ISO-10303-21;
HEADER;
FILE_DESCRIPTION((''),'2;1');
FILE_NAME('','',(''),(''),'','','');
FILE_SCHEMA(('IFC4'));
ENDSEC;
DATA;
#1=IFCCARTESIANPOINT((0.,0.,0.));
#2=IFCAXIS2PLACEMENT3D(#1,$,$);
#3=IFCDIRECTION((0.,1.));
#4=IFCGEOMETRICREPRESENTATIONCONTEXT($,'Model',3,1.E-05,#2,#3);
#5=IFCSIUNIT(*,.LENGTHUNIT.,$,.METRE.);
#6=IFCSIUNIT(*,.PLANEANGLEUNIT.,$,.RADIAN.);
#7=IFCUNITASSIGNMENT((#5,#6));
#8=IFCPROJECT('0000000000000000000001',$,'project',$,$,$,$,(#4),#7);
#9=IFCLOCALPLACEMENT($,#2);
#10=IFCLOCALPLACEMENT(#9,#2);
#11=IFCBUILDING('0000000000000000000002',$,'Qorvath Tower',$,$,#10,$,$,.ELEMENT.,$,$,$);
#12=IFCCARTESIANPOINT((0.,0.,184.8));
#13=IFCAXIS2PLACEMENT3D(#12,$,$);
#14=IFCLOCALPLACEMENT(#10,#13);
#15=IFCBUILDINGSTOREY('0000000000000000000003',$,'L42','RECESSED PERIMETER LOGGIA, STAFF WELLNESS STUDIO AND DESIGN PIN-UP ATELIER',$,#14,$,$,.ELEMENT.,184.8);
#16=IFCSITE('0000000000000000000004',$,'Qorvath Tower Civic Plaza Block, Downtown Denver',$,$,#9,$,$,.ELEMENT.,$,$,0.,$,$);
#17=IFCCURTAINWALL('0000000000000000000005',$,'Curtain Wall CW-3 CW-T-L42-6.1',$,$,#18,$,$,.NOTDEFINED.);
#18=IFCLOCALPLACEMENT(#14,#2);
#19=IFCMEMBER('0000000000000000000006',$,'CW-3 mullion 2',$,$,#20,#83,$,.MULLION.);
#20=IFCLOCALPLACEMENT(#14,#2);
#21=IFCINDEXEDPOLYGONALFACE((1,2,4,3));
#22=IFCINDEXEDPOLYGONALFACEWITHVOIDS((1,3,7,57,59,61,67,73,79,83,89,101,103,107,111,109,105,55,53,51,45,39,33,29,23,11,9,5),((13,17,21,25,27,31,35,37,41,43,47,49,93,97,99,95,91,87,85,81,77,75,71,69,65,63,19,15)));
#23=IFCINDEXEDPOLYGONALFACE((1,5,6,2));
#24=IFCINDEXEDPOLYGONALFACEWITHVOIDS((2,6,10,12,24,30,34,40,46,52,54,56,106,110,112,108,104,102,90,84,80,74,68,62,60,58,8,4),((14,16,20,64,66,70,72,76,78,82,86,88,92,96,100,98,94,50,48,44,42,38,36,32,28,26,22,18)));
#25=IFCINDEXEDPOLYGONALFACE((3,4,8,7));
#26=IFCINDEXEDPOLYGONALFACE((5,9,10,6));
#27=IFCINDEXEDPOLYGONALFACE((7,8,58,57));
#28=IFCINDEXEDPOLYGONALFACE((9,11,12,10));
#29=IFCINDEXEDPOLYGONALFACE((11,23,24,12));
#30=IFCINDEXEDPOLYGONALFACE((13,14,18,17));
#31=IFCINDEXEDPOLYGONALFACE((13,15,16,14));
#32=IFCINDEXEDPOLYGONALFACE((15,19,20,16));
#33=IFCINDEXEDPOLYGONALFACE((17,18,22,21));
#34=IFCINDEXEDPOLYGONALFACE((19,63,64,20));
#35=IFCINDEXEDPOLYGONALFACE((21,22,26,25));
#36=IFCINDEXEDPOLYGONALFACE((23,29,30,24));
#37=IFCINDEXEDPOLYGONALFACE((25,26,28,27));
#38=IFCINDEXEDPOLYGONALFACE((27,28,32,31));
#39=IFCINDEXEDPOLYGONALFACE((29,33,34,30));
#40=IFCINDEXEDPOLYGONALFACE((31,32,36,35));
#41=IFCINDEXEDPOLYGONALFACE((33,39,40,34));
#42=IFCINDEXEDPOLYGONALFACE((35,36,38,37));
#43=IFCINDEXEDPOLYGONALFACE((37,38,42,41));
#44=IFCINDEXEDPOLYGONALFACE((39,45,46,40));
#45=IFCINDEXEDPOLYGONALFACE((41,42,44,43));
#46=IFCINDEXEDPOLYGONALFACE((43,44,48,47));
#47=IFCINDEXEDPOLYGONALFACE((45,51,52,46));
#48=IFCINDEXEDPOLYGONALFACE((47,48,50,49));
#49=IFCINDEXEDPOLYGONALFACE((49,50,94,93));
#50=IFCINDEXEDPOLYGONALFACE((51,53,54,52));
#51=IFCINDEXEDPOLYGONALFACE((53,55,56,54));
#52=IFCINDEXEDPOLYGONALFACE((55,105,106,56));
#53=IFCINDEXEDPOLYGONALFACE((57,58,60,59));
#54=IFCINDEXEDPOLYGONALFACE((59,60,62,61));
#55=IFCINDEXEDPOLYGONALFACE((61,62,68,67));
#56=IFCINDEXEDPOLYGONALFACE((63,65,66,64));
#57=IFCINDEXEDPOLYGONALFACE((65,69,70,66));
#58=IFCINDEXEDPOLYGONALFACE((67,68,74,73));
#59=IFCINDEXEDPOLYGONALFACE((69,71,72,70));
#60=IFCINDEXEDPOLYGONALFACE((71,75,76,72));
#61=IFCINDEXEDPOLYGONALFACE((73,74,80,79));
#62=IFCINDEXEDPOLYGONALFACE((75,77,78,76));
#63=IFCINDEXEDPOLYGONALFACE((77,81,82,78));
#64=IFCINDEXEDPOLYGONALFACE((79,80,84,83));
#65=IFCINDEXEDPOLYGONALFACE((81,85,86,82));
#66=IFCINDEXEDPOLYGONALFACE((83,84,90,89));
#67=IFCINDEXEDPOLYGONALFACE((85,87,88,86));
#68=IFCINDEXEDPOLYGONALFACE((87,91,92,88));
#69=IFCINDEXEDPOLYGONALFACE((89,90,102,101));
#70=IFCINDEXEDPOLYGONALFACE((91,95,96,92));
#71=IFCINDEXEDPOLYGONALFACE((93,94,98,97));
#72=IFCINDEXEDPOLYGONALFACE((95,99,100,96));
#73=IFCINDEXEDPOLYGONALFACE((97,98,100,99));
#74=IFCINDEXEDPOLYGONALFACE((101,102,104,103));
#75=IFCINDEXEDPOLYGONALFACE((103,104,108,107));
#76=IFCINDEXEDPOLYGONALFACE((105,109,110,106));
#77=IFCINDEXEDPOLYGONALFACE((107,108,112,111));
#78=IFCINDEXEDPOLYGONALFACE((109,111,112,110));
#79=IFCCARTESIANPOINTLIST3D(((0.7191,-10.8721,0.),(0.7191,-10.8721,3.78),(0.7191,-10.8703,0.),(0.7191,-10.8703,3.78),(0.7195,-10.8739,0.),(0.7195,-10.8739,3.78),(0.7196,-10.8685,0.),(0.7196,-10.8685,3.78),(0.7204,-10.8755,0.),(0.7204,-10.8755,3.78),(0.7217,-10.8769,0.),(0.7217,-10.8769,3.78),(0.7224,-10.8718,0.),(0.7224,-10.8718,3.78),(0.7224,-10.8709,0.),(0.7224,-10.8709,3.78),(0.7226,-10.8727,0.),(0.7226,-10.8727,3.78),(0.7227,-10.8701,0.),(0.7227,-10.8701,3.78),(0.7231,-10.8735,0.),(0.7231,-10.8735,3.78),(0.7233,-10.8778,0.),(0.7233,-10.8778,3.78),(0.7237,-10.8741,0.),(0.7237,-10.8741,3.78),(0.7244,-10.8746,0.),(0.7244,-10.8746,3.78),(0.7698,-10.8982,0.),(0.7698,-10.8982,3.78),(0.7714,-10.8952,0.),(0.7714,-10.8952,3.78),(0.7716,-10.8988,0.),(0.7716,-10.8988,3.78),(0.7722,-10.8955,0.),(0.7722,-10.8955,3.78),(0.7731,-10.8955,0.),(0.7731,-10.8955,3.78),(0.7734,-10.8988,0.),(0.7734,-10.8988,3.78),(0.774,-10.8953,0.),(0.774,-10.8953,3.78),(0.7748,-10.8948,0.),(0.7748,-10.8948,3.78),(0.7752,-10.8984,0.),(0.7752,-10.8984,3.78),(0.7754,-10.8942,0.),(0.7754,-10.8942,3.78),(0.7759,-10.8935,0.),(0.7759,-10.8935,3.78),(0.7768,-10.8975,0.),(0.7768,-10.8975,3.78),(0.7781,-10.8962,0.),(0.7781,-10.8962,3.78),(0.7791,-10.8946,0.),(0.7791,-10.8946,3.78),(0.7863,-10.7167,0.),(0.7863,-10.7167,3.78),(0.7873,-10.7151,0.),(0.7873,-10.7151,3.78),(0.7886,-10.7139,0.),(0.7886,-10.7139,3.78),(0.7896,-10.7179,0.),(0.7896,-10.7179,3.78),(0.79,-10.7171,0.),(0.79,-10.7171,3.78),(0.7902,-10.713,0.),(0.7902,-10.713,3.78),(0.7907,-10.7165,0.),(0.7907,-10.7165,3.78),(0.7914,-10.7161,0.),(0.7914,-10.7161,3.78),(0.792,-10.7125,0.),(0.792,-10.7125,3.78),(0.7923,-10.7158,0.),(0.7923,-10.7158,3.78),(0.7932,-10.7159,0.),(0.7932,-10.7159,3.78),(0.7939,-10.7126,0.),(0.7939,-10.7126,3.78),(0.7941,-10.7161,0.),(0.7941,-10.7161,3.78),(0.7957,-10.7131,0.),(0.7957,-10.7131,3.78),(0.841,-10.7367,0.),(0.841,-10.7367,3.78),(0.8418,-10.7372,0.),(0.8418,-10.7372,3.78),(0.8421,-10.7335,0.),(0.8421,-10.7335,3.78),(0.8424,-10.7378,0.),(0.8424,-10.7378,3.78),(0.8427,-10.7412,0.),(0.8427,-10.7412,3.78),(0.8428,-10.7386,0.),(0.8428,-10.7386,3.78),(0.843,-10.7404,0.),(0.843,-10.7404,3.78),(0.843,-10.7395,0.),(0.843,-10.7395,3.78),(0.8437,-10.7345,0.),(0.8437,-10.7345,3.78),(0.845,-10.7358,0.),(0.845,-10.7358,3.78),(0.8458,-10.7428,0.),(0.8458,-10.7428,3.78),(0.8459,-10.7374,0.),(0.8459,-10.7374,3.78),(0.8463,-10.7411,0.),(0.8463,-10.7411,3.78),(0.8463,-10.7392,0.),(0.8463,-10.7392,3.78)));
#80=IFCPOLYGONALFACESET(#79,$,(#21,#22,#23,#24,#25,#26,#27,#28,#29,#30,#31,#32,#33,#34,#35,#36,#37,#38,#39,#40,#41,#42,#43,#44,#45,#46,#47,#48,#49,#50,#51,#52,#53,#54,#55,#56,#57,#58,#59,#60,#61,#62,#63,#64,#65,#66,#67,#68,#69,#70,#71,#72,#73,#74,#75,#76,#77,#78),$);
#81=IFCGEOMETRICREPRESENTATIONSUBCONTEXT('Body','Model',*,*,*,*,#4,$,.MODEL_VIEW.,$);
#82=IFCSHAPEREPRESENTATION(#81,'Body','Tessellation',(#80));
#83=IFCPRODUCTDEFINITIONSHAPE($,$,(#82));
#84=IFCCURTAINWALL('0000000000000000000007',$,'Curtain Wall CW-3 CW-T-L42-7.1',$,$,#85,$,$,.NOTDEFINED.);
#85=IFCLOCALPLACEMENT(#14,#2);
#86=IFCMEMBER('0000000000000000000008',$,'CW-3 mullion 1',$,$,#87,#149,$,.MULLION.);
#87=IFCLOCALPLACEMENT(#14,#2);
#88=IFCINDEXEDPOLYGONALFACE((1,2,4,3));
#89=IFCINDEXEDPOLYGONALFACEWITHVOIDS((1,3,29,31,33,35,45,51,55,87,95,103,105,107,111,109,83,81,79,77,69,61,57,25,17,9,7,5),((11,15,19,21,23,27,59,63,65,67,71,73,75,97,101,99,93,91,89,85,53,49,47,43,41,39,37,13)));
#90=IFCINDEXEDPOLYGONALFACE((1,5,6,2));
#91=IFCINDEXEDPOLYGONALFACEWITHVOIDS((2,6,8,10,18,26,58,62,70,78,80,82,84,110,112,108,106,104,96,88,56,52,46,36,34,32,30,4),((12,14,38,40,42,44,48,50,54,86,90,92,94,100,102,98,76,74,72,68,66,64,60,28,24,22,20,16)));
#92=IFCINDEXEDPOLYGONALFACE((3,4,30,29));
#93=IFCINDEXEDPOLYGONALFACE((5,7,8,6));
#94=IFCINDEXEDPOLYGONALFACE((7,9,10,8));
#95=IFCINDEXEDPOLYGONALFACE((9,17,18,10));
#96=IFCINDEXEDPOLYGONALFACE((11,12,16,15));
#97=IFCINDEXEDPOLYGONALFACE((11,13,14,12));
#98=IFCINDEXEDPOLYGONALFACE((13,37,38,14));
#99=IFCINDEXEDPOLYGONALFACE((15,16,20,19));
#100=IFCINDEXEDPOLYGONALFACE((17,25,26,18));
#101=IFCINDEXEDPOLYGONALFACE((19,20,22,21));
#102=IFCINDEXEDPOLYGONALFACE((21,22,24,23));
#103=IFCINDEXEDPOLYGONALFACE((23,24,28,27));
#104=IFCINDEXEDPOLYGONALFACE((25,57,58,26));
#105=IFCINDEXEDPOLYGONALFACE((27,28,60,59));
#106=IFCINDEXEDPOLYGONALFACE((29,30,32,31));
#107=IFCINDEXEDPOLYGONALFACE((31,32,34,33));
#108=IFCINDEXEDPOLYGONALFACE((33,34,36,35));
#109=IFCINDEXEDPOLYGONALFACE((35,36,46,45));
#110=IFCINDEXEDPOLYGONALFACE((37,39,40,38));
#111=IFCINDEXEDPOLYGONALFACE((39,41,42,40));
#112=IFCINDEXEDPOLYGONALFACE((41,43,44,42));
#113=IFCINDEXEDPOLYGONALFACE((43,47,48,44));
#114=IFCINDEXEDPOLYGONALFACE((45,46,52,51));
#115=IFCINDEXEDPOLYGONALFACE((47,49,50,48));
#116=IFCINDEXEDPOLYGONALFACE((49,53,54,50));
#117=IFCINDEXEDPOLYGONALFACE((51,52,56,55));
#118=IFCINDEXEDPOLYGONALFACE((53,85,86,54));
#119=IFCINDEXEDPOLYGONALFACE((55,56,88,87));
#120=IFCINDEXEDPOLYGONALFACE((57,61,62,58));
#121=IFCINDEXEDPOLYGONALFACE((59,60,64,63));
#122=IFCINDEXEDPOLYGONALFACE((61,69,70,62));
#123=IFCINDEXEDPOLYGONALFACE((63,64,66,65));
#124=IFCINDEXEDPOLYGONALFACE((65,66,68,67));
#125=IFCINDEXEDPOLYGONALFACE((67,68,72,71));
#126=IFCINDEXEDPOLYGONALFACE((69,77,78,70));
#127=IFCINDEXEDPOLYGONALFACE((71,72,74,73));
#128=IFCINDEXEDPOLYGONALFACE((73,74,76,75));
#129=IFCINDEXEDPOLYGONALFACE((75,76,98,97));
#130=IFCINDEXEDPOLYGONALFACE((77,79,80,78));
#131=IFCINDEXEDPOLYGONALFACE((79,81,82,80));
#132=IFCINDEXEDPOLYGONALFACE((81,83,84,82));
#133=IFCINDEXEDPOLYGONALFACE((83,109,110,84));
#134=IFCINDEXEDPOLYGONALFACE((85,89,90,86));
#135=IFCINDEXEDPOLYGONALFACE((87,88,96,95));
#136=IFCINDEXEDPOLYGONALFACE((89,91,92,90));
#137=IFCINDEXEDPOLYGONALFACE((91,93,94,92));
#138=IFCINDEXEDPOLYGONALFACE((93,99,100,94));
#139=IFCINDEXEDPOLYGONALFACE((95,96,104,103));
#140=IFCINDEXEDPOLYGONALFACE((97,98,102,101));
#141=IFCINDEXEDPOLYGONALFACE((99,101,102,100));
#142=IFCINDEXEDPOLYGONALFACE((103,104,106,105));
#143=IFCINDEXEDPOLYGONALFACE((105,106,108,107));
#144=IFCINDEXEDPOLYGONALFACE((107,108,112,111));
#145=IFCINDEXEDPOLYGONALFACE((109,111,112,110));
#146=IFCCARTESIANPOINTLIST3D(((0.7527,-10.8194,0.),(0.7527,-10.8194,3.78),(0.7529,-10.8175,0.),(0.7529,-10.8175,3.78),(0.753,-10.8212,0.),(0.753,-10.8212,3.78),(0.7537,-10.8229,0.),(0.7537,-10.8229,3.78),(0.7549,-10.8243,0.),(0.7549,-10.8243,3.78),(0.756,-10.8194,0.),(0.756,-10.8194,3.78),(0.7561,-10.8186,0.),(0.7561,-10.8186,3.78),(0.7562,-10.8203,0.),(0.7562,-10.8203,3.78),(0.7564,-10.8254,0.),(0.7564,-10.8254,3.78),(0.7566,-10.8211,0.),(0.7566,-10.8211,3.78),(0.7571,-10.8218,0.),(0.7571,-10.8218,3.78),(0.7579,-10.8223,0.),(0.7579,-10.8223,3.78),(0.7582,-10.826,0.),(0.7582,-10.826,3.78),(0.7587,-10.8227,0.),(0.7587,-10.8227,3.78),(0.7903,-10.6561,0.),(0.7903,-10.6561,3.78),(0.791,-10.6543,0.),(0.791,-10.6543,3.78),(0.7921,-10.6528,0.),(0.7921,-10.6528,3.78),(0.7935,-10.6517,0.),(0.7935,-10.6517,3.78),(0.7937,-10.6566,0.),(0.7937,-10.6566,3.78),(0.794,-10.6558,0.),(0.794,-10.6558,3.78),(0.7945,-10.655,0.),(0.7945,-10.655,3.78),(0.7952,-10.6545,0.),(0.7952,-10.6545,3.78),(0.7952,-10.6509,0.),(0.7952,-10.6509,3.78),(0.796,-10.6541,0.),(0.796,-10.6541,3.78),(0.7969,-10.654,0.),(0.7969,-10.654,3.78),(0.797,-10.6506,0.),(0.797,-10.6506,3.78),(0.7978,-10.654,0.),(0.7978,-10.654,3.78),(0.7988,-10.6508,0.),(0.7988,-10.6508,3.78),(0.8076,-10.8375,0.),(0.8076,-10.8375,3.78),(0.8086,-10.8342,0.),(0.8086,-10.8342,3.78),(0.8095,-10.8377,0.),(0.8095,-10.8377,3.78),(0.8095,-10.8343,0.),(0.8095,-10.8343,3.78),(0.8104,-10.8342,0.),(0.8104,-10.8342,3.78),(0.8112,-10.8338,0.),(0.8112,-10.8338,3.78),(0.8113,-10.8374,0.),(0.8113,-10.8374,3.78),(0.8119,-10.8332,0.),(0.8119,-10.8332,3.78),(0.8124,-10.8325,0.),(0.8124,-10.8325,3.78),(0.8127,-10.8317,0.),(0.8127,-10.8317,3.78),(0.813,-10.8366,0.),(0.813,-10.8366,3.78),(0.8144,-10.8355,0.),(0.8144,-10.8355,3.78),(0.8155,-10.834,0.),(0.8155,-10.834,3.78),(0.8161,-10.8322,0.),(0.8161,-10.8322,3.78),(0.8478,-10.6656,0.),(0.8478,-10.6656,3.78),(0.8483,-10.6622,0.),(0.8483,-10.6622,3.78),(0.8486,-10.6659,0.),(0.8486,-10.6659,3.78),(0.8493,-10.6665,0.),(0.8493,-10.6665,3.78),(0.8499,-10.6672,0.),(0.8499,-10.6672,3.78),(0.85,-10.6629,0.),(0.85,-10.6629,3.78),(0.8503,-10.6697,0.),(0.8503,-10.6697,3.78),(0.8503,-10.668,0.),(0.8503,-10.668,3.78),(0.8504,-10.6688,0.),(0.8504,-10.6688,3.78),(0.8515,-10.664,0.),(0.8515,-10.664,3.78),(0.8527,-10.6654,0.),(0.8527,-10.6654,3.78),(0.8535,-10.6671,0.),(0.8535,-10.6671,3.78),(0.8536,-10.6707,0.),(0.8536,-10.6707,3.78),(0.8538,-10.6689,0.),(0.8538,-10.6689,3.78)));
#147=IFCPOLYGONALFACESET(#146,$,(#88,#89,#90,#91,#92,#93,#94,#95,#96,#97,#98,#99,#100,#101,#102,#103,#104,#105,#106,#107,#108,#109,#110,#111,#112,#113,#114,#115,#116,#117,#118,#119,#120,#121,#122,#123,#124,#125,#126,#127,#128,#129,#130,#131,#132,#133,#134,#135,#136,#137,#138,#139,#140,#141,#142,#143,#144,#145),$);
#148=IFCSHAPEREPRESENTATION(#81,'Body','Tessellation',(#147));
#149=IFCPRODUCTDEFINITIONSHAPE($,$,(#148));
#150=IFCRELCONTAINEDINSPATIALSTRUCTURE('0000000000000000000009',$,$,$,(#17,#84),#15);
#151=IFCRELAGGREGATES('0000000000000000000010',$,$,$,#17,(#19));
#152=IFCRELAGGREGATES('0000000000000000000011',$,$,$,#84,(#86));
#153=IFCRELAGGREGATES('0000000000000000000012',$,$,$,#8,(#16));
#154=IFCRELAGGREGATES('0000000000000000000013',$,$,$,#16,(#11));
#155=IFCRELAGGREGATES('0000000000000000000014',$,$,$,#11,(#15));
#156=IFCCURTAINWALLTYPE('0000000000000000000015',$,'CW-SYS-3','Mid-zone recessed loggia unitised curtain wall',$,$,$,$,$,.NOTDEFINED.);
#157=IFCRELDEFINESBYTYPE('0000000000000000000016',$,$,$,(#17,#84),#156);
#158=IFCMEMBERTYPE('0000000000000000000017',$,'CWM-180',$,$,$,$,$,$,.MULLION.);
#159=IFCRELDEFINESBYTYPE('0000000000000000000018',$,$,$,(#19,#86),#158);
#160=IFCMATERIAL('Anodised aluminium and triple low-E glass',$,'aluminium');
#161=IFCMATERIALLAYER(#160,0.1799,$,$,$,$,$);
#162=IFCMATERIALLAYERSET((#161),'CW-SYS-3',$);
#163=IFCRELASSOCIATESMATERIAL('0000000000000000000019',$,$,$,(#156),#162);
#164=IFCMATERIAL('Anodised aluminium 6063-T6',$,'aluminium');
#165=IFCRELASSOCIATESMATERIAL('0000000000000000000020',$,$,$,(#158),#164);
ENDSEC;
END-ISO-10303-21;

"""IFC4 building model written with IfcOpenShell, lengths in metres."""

from ifc_helpers import new_model, si_unit, direction, frame, origin, origin_2d, place, context, subcontext, project, spatial, hollow_rectangle, extrude, material, layer, layer_set, material_profile, profile_set, type_object, element, aggregate, save


model = new_model("IFC4")

# Units and contexts
model_context = context("Model", 3, precision=1e-05, world=origin(), true_north=direction((0.0, 1.0)))
body_context = subcontext(model_context, "Body", "Model", "MODEL_VIEW")
ifc_project = project(units=[si_unit("LENGTHUNIT", "METRE"), si_unit("PLANEANGLEUNIT", "RADIAN")], contexts=[model_context])

# Site, building, storey
site_placement = place(None, origin())
site = spatial("IfcSite", under=ifc_project, at=site_placement, Name="Qorvath Tower Civic Plaza Block, Downtown Denver", CompositionType="ELEMENT", RefElevation=0.0)
building_placement = place(site_placement, origin())
building = spatial("IfcBuilding", under=site, at=building_placement, Name="Qorvath Tower", CompositionType="ELEMENT")
storey_placement = place(building_placement, frame((0.0, 0.0, 184.8)))
storey = spatial("IfcBuildingStorey", under=building, at=storey_placement, Name="L42", Description="RECESSED PERIMETER LOGGIA, STAFF WELLNESS STUDIO AND DESIGN PIN-UP ATELIER", CompositionType="ELEMENT", Elevation=184.8)

# Curtain wall, member
ifc_material_1 = material(Name="Anodised aluminium and triple low-E glass", Category="aluminium")
ifc_layer_1 = layer(ifc_material_1, 0.1799)
ifc_layer_set_1 = layer_set([ifc_layer_1], Name="CW-SYS-3")
curtain_wall_type = type_object("IfcCurtainWallType", Name="CW-SYS-3", Description="Mid-zone recessed loggia unitised curtain wall", PredefinedType="NOTDEFINED", material=ifc_layer_set_1)
curtain_wall_1_placement = place(storey_placement, origin())
curtain_wall_1 = element("IfcCurtainWall", 1, at=curtain_wall_1_placement, inside=storey, type_object=curtain_wall_type, Name="Curtain Wall CW-3 CW-T-L42-6.1", PredefinedType="NOTDEFINED")
ifc_material_2 = material(Name="Anodised aluminium 6063-T6", Category="aluminium")
ifc_material_profile_1 = material_profile(ifc_material_2, hollow_rectangle(XDim=0.0649, YDim=0.1799, WallThickness=0.0034, InnerFilletRadius=0.0034, OuterFilletRadius=0.0071, at=origin_2d()), Name="CWM 180x65")
ifc_profile_set_1 = profile_set([ifc_material_profile_1], Name="Anodised aluminium 6063-T6")
member_type_1 = type_object("IfcMemberType", Name="CWM-180", PredefinedType="MULLION", material=ifc_profile_set_1)
member_1_placement = place(storey_placement, frame((0.7827, -10.8057, 0.0), z_axis=(0.0, 0.0, 1.0), x_axis=(-0.915549, 0.402206, 0.0)))
member_1 = element("IfcMember", 2, at=member_1_placement, type_object=member_type_1, Name="CW-3 mullion 2", PredefinedType="MULLION", context=body_context, shape_type="SweptSolid", body=[
    extrude(hollow_rectangle(XDim=0.0649, YDim=0.1799, WallThickness=0.0034, InnerFilletRadius=0.0034, OuterFilletRadius=0.0071, at=origin_2d()), origin(), (0.0, 0.0, 1.0), 3.78),
])

# Curtain wall, member
curtain_wall_2_placement = place(storey_placement, origin())
curtain_wall_2 = element("IfcCurtainWall", 3, at=curtain_wall_2_placement, inside=storey, type_object=curtain_wall_type, Name="Curtain Wall CW-3 CW-T-L42-7.1", PredefinedType="NOTDEFINED")
member_2_placement = place(storey_placement, frame((0.8032, -10.7441, 0.0), z_axis=(0.0, 0.0, 1.0), x_axis=(-0.974111, 0.226069, 0.0)))
member_2 = element("IfcMember", 4, at=member_2_placement, type_object=member_type_1, Name="CW-3 mullion 1", PredefinedType="MULLION", context=body_context, shape_type="SweptSolid", body=[
    extrude(hollow_rectangle(XDim=0.0649, YDim=0.1799, WallThickness=0.0034, InnerFilletRadius=0.0034, OuterFilletRadius=0.0071, at=origin_2d()), origin(), (0.0, 0.0, 1.0), 3.78),
])

aggregate(curtain_wall_1, [member_1])
aggregate(curtain_wall_2, [member_2])

save(model, "model.ifc")
